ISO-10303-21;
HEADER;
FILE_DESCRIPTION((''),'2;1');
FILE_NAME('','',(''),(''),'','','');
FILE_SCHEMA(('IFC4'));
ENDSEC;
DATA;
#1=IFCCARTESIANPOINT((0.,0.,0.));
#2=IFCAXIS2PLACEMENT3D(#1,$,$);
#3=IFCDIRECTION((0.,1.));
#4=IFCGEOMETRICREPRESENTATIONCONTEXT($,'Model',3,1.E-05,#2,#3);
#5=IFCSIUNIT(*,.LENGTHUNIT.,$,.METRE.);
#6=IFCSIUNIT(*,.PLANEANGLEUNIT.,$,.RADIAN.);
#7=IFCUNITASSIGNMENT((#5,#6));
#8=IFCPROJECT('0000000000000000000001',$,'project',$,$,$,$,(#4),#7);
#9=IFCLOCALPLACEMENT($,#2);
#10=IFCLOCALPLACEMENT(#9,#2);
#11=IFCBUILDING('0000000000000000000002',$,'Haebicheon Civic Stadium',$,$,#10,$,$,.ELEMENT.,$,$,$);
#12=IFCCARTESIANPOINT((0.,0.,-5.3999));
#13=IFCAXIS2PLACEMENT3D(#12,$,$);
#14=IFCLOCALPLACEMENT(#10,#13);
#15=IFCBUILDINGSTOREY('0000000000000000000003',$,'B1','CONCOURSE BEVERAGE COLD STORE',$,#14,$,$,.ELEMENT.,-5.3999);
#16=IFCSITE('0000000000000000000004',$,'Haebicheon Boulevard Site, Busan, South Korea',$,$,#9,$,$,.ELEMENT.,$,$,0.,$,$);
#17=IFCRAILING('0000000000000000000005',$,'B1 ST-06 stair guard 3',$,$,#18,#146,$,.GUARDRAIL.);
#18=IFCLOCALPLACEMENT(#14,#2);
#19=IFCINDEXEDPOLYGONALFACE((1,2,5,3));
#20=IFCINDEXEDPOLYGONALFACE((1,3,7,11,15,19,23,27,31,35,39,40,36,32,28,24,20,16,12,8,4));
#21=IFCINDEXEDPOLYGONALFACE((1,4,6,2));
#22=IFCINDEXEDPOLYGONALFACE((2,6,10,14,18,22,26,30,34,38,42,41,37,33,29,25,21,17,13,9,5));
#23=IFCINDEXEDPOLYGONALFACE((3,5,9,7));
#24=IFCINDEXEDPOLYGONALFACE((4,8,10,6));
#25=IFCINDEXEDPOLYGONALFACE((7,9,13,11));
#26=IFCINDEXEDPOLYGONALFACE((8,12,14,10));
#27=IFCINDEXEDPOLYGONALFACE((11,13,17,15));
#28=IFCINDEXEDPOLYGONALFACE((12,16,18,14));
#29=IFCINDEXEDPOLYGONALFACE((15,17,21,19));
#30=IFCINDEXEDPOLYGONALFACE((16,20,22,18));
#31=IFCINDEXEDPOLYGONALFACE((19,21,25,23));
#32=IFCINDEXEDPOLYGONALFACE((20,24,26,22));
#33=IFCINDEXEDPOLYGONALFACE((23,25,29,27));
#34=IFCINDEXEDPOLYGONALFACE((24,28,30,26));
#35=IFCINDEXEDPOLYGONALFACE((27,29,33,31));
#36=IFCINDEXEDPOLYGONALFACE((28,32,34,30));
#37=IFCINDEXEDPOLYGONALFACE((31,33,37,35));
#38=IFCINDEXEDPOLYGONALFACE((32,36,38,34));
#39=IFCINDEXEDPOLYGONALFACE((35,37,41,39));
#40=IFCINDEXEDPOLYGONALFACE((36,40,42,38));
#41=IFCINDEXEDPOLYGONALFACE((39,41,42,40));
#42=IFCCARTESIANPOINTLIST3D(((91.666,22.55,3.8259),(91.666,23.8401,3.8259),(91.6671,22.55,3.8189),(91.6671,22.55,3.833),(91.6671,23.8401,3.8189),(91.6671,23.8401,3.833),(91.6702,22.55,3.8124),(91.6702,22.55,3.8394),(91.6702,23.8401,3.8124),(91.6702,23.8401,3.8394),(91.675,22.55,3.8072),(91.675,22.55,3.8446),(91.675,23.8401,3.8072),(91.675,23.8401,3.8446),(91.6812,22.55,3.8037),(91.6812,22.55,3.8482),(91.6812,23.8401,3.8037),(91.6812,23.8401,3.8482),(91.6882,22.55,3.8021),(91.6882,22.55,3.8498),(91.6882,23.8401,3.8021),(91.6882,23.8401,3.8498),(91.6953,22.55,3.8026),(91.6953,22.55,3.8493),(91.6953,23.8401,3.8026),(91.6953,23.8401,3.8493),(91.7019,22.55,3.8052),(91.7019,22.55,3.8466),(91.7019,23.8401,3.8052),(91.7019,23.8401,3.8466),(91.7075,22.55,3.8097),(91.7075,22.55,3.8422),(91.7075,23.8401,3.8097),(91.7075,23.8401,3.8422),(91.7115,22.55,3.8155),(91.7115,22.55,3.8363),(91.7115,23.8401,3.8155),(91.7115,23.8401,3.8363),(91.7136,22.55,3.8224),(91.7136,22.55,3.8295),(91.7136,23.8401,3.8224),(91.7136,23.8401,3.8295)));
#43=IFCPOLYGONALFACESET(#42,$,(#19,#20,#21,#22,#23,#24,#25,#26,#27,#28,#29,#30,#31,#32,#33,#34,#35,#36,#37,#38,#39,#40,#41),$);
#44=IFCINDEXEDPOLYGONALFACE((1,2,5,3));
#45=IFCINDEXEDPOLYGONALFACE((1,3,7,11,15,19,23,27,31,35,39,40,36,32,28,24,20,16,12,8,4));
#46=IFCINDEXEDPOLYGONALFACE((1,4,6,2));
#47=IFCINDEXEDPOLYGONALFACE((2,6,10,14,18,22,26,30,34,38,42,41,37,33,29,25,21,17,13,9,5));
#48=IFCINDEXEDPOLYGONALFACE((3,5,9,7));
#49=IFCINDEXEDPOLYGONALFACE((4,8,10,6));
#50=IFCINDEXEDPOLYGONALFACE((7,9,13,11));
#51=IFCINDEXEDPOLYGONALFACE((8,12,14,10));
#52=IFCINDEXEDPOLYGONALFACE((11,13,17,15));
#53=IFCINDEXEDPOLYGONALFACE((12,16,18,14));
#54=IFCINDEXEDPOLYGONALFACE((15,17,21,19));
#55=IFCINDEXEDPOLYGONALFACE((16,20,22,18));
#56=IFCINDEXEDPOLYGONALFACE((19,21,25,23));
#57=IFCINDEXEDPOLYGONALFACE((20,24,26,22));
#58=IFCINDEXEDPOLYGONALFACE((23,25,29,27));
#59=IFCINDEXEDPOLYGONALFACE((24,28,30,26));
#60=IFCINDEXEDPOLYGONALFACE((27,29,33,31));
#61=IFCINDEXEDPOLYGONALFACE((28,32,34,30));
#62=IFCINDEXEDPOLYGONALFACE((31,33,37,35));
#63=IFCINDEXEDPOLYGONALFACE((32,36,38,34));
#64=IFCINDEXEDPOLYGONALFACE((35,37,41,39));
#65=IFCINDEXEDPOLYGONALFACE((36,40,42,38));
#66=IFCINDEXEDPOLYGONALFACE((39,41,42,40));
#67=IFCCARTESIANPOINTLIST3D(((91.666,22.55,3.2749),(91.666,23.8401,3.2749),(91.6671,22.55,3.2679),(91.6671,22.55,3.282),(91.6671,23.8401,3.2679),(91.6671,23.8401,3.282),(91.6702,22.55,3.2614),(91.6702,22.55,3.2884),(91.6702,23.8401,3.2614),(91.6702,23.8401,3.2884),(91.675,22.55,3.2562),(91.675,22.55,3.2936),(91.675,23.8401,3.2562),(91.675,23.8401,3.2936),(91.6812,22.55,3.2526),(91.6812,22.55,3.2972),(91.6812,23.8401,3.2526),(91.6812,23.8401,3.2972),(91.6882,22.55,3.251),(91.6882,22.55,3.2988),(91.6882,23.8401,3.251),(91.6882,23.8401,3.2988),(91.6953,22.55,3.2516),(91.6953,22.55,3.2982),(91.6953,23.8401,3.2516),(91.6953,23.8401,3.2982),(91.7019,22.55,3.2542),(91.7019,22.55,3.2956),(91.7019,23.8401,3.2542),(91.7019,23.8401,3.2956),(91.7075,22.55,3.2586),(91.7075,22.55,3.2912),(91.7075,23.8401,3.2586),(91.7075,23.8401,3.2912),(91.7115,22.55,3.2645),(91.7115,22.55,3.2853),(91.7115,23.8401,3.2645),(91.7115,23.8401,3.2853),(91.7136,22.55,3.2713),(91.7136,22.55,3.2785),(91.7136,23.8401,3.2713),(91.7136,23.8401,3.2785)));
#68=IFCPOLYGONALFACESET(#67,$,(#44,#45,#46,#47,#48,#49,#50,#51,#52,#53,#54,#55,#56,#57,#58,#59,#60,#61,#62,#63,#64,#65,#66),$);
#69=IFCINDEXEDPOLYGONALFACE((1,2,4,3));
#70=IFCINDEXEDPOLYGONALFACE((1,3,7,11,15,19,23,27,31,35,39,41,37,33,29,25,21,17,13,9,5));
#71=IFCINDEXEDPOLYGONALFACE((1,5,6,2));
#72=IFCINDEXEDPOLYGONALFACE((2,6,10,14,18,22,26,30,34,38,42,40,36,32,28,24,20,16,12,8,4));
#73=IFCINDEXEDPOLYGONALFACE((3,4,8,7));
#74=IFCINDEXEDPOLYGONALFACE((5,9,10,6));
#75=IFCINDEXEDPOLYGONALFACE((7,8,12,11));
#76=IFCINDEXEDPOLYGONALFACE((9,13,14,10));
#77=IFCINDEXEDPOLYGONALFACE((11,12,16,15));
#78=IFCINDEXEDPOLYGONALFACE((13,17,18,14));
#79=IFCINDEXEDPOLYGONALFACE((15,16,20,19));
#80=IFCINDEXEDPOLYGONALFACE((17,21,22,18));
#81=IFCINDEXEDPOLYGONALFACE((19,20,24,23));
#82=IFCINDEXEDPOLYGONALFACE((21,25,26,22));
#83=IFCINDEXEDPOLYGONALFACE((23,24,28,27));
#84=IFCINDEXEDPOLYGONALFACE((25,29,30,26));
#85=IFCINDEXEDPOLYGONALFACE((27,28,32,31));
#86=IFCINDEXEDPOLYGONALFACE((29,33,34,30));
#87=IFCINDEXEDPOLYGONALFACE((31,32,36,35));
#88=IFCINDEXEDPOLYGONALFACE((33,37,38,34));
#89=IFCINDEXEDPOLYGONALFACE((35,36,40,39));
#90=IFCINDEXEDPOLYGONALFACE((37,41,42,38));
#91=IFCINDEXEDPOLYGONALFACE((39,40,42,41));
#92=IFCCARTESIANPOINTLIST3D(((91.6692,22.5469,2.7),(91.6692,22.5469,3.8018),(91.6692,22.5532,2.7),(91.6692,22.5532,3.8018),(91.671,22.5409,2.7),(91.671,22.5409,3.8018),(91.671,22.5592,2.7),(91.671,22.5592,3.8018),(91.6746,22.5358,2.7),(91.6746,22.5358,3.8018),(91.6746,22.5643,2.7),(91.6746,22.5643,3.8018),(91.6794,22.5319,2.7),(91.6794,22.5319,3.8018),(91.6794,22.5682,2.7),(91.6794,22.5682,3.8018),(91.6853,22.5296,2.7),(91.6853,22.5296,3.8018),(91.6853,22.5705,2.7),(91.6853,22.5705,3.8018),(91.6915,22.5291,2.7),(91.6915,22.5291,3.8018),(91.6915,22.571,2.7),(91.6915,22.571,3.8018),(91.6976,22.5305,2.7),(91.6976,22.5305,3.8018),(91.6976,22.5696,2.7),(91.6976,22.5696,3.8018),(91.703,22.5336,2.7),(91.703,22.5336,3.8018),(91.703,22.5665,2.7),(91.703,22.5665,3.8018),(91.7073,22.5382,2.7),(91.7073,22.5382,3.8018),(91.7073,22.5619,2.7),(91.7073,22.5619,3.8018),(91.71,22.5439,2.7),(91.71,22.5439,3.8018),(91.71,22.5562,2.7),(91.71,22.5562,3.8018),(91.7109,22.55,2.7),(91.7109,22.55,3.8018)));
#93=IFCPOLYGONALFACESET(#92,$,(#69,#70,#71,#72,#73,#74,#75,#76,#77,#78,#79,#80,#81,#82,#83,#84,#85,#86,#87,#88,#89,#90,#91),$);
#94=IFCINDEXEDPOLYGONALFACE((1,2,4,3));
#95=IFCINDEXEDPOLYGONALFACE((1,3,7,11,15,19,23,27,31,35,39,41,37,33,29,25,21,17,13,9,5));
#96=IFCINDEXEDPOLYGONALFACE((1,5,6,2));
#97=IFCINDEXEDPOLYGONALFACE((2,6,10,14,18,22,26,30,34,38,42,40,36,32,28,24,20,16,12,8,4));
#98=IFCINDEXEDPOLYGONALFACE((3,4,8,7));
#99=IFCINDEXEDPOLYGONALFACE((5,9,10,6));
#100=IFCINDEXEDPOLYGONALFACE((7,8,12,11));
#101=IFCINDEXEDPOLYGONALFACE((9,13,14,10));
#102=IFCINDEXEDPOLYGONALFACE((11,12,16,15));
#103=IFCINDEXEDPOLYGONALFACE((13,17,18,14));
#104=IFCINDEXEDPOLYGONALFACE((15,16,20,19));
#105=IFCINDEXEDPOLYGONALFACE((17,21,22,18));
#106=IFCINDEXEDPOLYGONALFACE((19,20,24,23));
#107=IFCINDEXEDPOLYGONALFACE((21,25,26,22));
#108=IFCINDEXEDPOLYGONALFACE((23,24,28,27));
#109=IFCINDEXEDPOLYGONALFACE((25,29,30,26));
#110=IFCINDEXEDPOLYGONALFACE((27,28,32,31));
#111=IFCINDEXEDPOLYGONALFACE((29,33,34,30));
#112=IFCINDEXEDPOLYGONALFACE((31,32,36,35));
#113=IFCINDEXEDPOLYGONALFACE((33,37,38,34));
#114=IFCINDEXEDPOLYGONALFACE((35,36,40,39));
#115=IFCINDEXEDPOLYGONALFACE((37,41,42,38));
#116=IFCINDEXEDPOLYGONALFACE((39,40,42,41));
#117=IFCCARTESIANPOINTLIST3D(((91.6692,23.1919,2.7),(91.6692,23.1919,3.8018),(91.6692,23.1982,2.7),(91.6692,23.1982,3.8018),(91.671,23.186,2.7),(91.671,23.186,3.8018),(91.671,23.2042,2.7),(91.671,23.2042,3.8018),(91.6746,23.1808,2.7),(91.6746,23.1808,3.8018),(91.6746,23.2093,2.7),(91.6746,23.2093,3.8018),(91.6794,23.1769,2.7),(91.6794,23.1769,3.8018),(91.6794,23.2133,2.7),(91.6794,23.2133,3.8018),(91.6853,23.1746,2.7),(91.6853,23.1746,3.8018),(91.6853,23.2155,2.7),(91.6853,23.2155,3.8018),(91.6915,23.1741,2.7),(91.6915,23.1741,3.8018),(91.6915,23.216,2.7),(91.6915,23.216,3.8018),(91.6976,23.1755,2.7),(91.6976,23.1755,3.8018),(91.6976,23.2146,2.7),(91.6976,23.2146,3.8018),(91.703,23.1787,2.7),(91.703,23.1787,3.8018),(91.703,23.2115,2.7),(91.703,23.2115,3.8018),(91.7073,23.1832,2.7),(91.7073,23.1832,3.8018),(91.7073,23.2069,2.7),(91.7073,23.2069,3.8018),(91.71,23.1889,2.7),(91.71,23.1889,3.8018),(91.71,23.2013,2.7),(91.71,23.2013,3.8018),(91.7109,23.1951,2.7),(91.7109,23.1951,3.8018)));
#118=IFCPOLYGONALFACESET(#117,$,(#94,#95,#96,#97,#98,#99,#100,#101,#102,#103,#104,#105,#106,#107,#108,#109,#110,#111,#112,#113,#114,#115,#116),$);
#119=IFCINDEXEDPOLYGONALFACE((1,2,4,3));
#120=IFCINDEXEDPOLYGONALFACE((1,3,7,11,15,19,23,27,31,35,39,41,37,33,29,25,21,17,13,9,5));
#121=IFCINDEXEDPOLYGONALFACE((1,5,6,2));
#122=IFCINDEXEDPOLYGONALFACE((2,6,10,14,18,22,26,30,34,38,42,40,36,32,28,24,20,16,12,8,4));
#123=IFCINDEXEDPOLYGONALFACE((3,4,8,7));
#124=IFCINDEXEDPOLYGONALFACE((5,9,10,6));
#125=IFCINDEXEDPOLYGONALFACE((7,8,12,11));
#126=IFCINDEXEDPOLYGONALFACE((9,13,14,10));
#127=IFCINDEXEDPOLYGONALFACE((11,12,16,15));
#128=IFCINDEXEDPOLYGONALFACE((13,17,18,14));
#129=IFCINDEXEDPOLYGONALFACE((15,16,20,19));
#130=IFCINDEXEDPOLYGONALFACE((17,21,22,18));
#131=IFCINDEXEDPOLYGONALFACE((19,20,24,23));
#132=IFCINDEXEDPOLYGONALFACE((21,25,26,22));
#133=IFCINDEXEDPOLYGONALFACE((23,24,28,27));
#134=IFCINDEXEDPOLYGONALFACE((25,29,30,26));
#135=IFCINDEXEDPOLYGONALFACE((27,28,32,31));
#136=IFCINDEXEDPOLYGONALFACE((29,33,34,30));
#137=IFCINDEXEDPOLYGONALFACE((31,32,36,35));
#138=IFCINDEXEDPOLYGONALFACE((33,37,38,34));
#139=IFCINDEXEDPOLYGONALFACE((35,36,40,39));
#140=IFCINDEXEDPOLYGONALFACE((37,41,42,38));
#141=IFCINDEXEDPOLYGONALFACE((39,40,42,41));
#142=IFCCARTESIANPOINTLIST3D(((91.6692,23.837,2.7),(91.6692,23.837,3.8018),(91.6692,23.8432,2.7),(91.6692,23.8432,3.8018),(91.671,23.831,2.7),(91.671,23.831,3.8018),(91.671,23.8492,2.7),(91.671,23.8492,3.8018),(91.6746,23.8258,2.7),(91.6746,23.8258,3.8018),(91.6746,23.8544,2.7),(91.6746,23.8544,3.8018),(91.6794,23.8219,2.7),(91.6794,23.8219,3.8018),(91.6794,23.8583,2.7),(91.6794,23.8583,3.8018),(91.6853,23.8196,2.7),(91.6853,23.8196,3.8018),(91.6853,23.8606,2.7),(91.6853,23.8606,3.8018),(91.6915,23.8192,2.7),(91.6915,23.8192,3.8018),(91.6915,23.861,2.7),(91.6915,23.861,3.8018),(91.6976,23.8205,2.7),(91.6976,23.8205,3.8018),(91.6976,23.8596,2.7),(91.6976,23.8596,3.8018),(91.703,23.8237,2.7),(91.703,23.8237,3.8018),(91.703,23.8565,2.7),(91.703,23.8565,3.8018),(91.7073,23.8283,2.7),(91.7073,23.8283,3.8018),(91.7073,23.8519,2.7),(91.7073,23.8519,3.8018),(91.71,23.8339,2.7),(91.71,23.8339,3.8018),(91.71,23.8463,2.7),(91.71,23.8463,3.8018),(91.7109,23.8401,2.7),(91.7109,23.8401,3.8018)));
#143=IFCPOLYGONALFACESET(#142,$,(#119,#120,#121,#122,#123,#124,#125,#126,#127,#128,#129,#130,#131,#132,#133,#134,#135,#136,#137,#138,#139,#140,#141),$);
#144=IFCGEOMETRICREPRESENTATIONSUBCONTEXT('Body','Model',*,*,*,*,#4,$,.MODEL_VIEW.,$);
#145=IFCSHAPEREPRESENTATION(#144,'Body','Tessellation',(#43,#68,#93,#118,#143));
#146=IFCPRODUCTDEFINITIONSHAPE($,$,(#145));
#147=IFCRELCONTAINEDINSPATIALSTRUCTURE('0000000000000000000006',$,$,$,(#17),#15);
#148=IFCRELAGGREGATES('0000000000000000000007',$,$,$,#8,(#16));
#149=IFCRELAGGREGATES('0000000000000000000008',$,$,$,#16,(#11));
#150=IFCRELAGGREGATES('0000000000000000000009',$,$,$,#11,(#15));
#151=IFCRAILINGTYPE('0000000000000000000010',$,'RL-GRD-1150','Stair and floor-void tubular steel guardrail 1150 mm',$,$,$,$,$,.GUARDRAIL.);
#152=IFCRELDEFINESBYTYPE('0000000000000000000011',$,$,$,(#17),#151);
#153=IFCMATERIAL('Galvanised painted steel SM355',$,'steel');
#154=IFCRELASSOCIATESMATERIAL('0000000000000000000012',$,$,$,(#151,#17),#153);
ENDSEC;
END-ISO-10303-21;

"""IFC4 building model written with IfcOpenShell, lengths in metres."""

from ifc_helpers import new_model, si_unit, direction, frame, origin, origin_2d, place, context, subcontext, project, spatial, circle, extrude, material, type_object, element, save


model = new_model("IFC4")

# Units and contexts
model_context = context("Model", 3, precision=1e-05, world=origin(), true_north=direction((0.0, 1.0)))
body_context = subcontext(model_context, "Body", "Model", "MODEL_VIEW")
ifc_project = project(units=[si_unit("LENGTHUNIT", "METRE"), si_unit("PLANEANGLEUNIT", "RADIAN")], contexts=[model_context])

# Site, building, storey
site_placement = place(None, origin())
site = spatial("IfcSite", under=ifc_project, at=site_placement, Name="Haebicheon Boulevard Site, Busan, South Korea", CompositionType="ELEMENT", RefElevation=0.0)
building_placement = place(site_placement, origin())
building = spatial("IfcBuilding", under=site, at=building_placement, Name="Haebicheon Civic Stadium", CompositionType="ELEMENT")
storey_placement = place(building_placement, frame((0.0, 0.0, -5.3999)))
storey = spatial("IfcBuildingStorey", under=building, at=storey_placement, Name="B1", Description="CONCOURSE BEVERAGE COLD STORE", CompositionType="ELEMENT", Elevation=-5.3999)

# Railing
ifc_material_1 = material(Name="Galvanised painted steel SM355", Category="steel")
railing_type_1 = type_object("IfcRailingType", Name="RL-GRD-1150", Description="Stair and floor-void tubular steel guardrail 1150 mm", PredefinedType="GUARDRAIL", material=ifc_material_1)
railing_1_placement = place(storey_placement, frame((91.6899, 22.55, 2.7)))
element("IfcRailing", 1, at=railing_1_placement, inside=storey, type_object=railing_type_1, material=ifc_material_1, Name="B1 ST-06 stair guard 3", PredefinedType="GUARDRAIL", context=body_context, shape_type="SweptSolid", body=[
    extrude(circle(Radius=0.0239, at=origin_2d()), frame((0.0, 0.0, 1.126), z_axis=(0.0, 1.0, 0.0), x_axis=(-1.0, 0.0, 0.0)), (0.0, 0.0, 1.0), 1.29),
    extrude(circle(Radius=0.0239, at=origin_2d()), frame((0.0, 0.0, 0.575), z_axis=(0.0, 1.0, 0.0), x_axis=(-1.0, 0.0, 0.0)), (0.0, 0.0, 1.0), 1.29),
    extrude(circle(Radius=0.021, at=origin_2d()), origin(), (0.0, 0.0, 1.0), 1.1018),
    extrude(circle(Radius=0.021, at=origin_2d()), frame((0.0, 0.645, 0.0)), (0.0, 0.0, 1.0), 1.1018),
    extrude(circle(Radius=0.021, at=origin_2d()), frame((0.0, 1.29, 0.0)), (0.0, 0.0, 1.0), 1.1018),
])

save(model, "model.ifc")
